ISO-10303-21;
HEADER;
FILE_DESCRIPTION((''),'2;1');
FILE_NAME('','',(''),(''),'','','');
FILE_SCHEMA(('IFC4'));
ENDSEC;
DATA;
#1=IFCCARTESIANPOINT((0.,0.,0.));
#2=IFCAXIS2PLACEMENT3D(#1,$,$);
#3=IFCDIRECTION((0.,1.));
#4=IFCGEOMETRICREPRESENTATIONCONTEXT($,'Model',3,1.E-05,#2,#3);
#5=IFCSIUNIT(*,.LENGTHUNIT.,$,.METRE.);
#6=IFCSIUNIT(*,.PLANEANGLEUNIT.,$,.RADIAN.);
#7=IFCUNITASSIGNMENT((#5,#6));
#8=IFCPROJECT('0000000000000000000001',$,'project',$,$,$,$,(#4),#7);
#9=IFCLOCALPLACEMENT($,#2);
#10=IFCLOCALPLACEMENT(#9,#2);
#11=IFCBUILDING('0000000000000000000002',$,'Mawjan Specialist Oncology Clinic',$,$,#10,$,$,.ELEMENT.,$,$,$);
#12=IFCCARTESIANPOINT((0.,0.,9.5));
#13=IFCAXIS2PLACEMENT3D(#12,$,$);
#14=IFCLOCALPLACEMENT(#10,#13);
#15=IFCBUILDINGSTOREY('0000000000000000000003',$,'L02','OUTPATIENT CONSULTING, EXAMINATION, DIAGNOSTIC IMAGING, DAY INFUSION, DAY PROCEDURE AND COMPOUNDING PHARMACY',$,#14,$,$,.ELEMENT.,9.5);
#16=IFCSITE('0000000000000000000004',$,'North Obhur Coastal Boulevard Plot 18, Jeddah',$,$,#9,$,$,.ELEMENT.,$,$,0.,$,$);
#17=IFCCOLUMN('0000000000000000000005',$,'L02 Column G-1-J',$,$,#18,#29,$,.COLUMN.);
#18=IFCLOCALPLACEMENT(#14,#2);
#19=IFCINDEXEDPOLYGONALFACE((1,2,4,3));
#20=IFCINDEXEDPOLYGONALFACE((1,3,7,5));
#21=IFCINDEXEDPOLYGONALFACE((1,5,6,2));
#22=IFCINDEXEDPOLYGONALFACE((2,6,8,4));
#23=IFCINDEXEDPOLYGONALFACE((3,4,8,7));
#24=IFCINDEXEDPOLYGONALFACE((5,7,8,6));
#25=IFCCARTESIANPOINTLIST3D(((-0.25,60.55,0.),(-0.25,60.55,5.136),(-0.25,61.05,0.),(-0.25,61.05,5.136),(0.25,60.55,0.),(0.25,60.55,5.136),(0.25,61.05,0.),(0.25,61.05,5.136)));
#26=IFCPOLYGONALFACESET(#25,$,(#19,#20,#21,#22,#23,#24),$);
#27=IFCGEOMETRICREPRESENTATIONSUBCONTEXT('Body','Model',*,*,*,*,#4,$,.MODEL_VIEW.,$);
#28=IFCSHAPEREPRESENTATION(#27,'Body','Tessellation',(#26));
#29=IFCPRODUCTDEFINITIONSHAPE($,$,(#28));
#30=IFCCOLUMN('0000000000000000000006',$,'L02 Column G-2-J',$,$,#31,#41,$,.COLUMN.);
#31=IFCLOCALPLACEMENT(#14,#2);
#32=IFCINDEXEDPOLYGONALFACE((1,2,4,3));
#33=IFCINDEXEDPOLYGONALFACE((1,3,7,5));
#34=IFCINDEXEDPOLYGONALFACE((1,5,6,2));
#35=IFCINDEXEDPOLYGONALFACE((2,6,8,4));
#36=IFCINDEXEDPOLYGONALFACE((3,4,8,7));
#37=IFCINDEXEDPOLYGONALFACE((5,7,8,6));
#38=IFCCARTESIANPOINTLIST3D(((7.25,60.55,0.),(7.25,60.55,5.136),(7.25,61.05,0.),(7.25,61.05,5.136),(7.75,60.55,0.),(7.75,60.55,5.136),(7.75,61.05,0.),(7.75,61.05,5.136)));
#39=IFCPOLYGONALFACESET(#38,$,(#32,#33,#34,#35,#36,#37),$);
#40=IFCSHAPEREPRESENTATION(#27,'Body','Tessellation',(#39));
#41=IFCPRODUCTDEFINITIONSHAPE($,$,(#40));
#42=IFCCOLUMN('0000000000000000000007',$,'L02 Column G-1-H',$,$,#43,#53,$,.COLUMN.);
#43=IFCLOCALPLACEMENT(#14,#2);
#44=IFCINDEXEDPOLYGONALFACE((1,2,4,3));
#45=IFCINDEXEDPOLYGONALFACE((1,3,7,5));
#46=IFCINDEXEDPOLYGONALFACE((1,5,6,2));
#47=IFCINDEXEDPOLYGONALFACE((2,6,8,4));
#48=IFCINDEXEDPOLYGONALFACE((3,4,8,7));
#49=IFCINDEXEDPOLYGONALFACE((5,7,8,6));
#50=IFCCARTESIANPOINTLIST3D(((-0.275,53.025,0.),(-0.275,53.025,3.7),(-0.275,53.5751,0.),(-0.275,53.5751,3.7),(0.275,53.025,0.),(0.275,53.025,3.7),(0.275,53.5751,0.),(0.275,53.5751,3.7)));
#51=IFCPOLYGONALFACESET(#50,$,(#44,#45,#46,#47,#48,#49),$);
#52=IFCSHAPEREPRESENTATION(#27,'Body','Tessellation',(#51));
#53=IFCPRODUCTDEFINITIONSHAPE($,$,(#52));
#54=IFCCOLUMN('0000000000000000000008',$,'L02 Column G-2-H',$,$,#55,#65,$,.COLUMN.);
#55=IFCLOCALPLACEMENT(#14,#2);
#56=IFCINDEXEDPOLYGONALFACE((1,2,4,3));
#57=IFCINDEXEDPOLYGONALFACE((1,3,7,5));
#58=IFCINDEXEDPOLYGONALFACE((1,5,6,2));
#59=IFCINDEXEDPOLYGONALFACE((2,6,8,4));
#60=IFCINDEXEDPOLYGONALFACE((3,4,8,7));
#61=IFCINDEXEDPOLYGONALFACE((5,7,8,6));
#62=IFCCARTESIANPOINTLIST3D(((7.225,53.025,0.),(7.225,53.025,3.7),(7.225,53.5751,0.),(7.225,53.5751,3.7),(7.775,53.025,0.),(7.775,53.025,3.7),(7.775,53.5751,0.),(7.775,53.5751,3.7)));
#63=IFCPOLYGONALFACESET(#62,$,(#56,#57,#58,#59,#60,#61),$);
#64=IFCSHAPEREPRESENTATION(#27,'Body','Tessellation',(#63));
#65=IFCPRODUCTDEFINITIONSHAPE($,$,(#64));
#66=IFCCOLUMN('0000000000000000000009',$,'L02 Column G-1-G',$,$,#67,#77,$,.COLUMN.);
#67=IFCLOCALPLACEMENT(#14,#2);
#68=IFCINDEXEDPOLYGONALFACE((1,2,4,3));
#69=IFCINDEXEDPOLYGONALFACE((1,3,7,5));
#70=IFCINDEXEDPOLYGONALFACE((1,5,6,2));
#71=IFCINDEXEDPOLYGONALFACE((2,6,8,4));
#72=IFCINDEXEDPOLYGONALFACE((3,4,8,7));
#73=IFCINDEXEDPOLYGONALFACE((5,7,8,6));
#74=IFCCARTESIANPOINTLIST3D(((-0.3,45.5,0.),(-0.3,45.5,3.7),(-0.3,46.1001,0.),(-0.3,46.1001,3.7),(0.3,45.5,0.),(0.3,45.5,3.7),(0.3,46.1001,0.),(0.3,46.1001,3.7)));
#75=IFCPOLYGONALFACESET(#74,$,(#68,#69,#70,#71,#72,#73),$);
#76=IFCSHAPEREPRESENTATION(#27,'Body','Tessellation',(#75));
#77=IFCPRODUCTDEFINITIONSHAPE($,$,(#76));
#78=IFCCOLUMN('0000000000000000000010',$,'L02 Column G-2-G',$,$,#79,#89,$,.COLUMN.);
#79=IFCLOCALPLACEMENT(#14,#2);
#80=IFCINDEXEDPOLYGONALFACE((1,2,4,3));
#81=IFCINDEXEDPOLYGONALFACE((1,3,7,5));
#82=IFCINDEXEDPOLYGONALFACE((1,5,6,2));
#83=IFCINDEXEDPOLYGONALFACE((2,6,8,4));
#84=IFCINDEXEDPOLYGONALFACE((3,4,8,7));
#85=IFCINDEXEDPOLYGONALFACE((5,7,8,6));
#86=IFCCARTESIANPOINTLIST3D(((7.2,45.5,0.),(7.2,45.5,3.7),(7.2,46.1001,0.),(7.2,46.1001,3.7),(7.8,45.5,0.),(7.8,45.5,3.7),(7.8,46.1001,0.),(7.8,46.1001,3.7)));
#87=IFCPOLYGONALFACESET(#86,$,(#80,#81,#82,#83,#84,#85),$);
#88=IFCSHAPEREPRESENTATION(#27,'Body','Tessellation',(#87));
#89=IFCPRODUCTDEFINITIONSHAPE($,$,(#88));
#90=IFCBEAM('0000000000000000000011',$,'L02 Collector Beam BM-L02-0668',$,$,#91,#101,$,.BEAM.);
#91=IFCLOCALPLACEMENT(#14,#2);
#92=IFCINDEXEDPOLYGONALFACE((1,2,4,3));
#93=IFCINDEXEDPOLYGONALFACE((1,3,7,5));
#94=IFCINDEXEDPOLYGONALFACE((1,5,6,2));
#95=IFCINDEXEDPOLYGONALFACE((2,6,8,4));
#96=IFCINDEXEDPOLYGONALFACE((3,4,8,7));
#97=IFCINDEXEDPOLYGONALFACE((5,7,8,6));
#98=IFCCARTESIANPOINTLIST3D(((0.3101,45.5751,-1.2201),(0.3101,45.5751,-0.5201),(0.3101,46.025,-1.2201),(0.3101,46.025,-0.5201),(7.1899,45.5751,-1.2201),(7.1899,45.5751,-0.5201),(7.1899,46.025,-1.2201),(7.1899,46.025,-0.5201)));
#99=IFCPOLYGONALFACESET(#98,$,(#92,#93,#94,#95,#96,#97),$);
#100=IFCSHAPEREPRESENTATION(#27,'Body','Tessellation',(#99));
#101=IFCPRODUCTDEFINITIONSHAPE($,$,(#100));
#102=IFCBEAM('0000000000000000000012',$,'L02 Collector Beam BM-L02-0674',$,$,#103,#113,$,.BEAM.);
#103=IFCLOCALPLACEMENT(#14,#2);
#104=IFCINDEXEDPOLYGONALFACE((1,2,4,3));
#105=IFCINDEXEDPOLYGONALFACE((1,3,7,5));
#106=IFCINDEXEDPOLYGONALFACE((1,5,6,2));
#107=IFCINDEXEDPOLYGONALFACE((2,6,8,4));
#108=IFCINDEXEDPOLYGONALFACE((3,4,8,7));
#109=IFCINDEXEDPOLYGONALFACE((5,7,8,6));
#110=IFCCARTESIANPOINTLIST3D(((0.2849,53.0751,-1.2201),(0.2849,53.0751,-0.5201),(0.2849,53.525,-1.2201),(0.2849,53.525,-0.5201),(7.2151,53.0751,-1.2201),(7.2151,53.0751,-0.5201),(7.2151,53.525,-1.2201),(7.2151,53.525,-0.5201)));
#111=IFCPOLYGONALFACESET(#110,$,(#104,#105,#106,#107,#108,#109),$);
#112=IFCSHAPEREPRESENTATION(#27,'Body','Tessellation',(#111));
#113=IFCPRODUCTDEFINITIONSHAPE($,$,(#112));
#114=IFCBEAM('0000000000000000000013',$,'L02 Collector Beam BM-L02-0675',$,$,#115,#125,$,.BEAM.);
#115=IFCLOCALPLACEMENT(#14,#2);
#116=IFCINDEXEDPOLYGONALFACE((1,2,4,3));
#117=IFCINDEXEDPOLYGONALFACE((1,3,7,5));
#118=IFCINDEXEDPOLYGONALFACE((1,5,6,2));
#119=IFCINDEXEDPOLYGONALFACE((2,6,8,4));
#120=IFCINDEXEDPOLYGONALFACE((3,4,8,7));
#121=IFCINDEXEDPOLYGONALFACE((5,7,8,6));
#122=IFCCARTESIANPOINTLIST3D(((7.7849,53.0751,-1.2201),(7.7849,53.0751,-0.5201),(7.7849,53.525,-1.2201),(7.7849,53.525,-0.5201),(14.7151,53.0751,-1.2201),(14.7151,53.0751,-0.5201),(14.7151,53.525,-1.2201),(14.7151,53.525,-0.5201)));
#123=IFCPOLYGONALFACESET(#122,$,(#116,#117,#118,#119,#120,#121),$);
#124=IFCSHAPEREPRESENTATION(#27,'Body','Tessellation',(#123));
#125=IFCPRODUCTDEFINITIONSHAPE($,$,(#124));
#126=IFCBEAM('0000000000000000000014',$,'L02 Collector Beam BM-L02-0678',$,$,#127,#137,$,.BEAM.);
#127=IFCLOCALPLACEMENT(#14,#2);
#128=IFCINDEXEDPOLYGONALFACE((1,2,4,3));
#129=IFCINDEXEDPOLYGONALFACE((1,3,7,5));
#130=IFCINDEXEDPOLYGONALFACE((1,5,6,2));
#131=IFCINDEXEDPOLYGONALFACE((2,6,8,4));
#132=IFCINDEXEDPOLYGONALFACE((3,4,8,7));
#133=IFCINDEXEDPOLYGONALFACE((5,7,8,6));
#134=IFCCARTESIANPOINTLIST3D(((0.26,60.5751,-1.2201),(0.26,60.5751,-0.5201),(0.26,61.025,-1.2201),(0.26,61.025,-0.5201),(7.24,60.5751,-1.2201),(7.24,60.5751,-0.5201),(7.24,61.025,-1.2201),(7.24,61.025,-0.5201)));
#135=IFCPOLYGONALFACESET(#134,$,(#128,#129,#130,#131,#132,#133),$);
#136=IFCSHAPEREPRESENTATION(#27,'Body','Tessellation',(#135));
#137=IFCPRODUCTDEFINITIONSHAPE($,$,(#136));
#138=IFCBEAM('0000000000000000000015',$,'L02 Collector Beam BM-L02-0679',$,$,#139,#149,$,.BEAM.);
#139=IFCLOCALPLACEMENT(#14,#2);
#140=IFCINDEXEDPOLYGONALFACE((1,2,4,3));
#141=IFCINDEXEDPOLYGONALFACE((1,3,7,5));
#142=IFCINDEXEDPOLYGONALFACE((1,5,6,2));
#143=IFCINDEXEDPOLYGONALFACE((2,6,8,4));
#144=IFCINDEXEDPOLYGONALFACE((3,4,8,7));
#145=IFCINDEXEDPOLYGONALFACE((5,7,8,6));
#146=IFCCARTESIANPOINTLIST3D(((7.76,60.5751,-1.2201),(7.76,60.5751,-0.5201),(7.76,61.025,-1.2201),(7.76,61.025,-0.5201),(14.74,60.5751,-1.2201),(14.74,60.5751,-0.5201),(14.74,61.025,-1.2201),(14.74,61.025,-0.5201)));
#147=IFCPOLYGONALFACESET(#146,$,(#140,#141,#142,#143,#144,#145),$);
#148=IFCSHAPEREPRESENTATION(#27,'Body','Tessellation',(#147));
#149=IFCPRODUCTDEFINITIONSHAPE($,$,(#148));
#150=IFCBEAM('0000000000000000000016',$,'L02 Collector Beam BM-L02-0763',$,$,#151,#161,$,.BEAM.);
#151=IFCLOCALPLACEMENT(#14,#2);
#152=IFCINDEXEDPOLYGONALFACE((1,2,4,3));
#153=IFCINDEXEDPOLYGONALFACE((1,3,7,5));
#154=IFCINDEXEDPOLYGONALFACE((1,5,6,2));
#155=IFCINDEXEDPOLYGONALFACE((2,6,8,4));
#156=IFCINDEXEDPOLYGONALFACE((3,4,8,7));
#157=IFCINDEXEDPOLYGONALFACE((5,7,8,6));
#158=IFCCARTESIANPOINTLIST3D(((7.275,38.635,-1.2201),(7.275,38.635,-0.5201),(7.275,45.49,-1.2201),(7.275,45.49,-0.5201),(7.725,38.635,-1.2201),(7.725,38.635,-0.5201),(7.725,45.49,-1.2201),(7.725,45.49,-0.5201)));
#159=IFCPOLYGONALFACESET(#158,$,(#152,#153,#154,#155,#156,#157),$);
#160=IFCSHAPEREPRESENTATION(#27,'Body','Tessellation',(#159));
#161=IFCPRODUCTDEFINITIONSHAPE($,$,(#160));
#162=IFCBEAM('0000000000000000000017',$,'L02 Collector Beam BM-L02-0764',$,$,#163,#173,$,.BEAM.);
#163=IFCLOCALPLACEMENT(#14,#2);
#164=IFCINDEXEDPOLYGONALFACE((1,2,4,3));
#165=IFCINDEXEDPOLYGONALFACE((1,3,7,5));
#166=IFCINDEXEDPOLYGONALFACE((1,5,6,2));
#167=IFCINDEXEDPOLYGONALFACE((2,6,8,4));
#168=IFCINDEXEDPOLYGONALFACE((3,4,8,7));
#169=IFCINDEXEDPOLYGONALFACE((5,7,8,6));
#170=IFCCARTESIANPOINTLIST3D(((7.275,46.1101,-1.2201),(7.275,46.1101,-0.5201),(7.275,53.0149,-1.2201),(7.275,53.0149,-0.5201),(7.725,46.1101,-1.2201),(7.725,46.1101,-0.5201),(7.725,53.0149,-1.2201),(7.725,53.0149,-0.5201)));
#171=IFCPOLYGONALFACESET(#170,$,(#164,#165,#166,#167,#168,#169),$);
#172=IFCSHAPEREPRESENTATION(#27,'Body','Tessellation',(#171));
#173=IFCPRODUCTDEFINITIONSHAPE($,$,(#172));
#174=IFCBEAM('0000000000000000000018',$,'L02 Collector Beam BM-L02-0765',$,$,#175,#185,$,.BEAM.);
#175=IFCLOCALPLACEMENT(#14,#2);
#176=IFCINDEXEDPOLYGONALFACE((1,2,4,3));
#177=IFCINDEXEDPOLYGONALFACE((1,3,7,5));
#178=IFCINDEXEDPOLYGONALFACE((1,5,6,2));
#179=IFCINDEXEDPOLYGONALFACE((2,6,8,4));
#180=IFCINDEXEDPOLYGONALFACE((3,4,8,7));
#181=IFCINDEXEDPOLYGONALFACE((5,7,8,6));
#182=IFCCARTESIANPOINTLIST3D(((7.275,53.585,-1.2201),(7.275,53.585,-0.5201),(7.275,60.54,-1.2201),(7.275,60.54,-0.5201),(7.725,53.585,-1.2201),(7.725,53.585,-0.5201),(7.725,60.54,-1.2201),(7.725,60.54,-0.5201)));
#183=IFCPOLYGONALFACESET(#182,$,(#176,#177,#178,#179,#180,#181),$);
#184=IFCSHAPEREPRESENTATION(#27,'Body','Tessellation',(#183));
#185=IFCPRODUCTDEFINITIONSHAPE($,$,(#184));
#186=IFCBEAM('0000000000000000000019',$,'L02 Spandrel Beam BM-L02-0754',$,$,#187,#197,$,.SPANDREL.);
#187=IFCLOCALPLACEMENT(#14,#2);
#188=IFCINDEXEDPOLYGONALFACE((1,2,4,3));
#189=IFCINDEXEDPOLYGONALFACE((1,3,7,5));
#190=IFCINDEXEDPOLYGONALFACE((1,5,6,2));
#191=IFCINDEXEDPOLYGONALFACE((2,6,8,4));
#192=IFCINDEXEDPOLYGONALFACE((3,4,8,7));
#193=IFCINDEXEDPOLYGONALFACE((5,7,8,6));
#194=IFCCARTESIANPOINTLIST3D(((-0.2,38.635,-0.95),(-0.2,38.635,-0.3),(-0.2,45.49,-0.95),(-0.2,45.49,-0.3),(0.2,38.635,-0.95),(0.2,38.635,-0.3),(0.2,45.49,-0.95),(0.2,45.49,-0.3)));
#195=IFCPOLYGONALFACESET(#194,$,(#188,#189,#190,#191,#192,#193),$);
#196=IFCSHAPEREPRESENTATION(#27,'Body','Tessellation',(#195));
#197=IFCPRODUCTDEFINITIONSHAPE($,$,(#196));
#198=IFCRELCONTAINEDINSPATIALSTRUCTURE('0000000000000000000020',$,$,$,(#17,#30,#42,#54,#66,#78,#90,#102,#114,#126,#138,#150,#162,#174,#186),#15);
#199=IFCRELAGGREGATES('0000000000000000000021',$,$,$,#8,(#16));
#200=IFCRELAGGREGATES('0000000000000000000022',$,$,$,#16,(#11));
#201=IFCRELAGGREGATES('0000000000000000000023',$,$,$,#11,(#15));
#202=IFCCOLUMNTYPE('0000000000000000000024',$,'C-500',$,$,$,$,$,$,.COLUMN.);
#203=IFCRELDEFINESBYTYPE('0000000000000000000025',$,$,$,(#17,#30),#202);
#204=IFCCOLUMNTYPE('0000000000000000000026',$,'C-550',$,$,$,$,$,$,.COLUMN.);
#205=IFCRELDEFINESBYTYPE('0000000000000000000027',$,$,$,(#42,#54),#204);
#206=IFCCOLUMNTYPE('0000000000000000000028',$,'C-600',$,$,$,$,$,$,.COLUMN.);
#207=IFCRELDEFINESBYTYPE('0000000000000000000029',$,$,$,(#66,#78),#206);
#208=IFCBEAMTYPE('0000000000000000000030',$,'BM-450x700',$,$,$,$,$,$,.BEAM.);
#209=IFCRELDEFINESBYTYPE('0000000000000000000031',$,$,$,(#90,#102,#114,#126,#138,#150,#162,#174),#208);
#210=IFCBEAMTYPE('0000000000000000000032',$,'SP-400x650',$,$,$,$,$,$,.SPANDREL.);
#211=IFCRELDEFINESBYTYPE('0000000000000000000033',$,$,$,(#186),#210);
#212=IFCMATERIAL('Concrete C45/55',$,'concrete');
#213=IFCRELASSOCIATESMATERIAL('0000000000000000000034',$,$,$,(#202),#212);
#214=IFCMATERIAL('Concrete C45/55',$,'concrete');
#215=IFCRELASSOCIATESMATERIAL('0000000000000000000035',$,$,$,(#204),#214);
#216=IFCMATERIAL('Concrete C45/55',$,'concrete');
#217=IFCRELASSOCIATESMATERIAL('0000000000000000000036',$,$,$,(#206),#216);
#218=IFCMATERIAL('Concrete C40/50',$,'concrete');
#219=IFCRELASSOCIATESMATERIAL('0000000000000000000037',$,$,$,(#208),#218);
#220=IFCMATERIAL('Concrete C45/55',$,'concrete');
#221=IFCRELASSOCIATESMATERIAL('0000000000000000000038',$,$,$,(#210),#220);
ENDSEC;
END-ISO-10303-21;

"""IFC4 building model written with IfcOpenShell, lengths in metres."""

from ifc_helpers import new_model, si_unit, direction, frame, origin, origin_2d, place, context, subcontext, project, spatial, rectangle, extrude, material, material_profile, profile_set, type_object, element, save


model = new_model("IFC4")

# Units and contexts
model_context = context("Model", 3, precision=1e-05, world=origin(), true_north=direction((0.0, 1.0)))
body_context = subcontext(model_context, "Body", "Model", "MODEL_VIEW")
ifc_project = project(units=[si_unit("LENGTHUNIT", "METRE"), si_unit("PLANEANGLEUNIT", "RADIAN")], contexts=[model_context])

# Site, building, storey
site_placement = place(None, origin())
site = spatial("IfcSite", under=ifc_project, at=site_placement, Name="North Obhur Coastal Boulevard Plot 18, Jeddah", CompositionType="ELEMENT", RefElevation=0.0)
building_placement = place(site_placement, origin())
building = spatial("IfcBuilding", under=site, at=building_placement, Name="Mawjan Specialist Oncology Clinic", CompositionType="ELEMENT")
storey_placement = place(building_placement, frame((0.0, 0.0, 9.5)))
storey = spatial("IfcBuildingStorey", under=building, at=storey_placement, Name="L02", Description="OUTPATIENT CONSULTING, EXAMINATION, DIAGNOSTIC IMAGING, DAY INFUSION, DAY PROCEDURE AND COMPOUNDING PHARMACY", CompositionType="ELEMENT", Elevation=9.5)

# Columns
ifc_material_1 = material(Name="Concrete C45/55", Category="concrete")
ifc_material_profile_1 = material_profile(ifc_material_1, rectangle(XDim=0.5, YDim=0.5, at=origin_2d()), Name="RC COL 500x500", Category="concrete")
ifc_profile_set_1 = profile_set([ifc_material_profile_1], Name="Concrete C45/55")
column_type_1 = type_object("IfcColumnType", Name="C-500", PredefinedType="COLUMN", material=ifc_profile_set_1)
for number, where, z_axis, x_axis, name in (
    (1, (0.0, 60.8, 0.0), (0.0, 0.0, 1.0), (1.0, 0.0, 0.0), "L02 Column G-1-J"),
    (2, (7.5, 60.8, 0.0), (0.0, 0.0, 1.0), (1.0, 0.0, 0.0), "L02 Column G-2-J"),
):
    element("IfcColumn", number, at=place(storey_placement, frame(where, z_axis=z_axis, x_axis=x_axis)), inside=storey, type_object=column_type_1, Name=name, PredefinedType="COLUMN", context=body_context, shape_type="SweptSolid", body=[
        extrude(rectangle(XDim=0.5, YDim=0.5, at=origin_2d()), origin(), (0.0, 0.0, 1.0), 5.136),
    ])
ifc_material_2 = material(Name="Concrete C45/55", Category="concrete")
ifc_material_profile_2 = material_profile(ifc_material_2, rectangle(XDim=0.55, YDim=0.55, at=origin_2d()), Name="RC COL 550x550", Category="concrete")
ifc_profile_set_2 = profile_set([ifc_material_profile_2], Name="Concrete C45/55")
column_type_2 = type_object("IfcColumnType", Name="C-550", PredefinedType="COLUMN", material=ifc_profile_set_2)
for number, where, z_axis, x_axis, name in (
    (3, (0.0, 53.3, 0.0), (0.0, 0.0, 1.0), (1.0, 0.0, 0.0), "L02 Column G-1-H"),
    (4, (7.5, 53.3, 0.0), (0.0, 0.0, 1.0), (1.0, 0.0, 0.0), "L02 Column G-2-H"),
):
    element("IfcColumn", number, at=place(storey_placement, frame(where, z_axis=z_axis, x_axis=x_axis)), inside=storey, type_object=column_type_2, Name=name, PredefinedType="COLUMN", context=body_context, shape_type="SweptSolid", body=[
        extrude(rectangle(XDim=0.55, YDim=0.55, at=origin_2d()), origin(), (0.0, 0.0, 1.0), 3.7),
    ])
ifc_material_3 = material(Name="Concrete C45/55", Category="concrete")
ifc_material_profile_3 = material_profile(ifc_material_3, rectangle(XDim=0.6001, YDim=0.6001, at=origin_2d()), Name="RC COL 600x600", Category="concrete")
ifc_profile_set_3 = profile_set([ifc_material_profile_3], Name="Concrete C45/55")
column_type_3 = type_object("IfcColumnType", Name="C-600", PredefinedType="COLUMN", material=ifc_profile_set_3)
for number, where, z_axis, x_axis, name in (
    (5, (0.0, 45.8, 0.0), (0.0, 0.0, 1.0), (1.0, 0.0, 0.0), "L02 Column G-1-G"),
    (6, (7.5, 45.8, 0.0), (0.0, 0.0, 1.0), (1.0, 0.0, 0.0), "L02 Column G-2-G"),
):
    element("IfcColumn", number, at=place(storey_placement, frame(where, z_axis=z_axis, x_axis=x_axis)), inside=storey, type_object=column_type_3, Name=name, PredefinedType="COLUMN", context=body_context, shape_type="SweptSolid", body=[
        extrude(rectangle(XDim=0.6001, YDim=0.6001, at=origin_2d()), origin(), (0.0, 0.0, 1.0), 3.7),
    ])

# Beams
ifc_material_4 = material(Name="Concrete C40/50", Category="concrete")
ifc_material_profile_4 = material_profile(ifc_material_4, rectangle(XDim=0.45, YDim=0.7, at=origin_2d()), Name="RC BM 450x700", Category="concrete")
ifc_profile_set_4 = profile_set([ifc_material_profile_4], Name="Concrete C40/50")
beam_type_1 = type_object("IfcBeamType", Name="BM-450x700", PredefinedType="BEAM", material=ifc_profile_set_4)
beam_1_placement = place(storey_placement, frame((0.3101, 45.8, -0.8701), z_axis=(1.0, 0.0, 0.0), x_axis=(0.0, 1.0, 0.0)))
element("IfcBeam", 7, at=beam_1_placement, inside=storey, type_object=beam_type_1, Name="L02 Collector Beam BM-L02-0668", PredefinedType="BEAM", context=body_context, shape_type="SweptSolid", body=[
    extrude(rectangle(XDim=0.45, YDim=0.7, at=origin_2d()), origin(), (0.0, 0.0, 1.0), 6.8799),
])
for number, where, z_axis, x_axis, name in (
    (8, (0.2849, 53.3, -0.8701), (1.0, 0.0, 0.0), (0.0, 1.0, 0.0), "L02 Collector Beam BM-L02-0674"),
    (9, (7.7849, 53.3, -0.8701), (1.0, 0.0, 0.0), (0.0, 1.0, 0.0), "L02 Collector Beam BM-L02-0675"),
):
    element("IfcBeam", number, at=place(storey_placement, frame(where, z_axis=z_axis, x_axis=x_axis)), inside=storey, type_object=beam_type_1, Name=name, PredefinedType="BEAM", context=body_context, shape_type="SweptSolid", body=[
        extrude(rectangle(XDim=0.45, YDim=0.7, at=origin_2d()), origin(), (0.0, 0.0, 1.0), 6.9302),
    ])
for number, where, z_axis, x_axis, name in (
    (10, (0.26, 60.8, -0.8701), (1.0, 0.0, 0.0), (0.0, 1.0, 0.0), "L02 Collector Beam BM-L02-0678"),
    (11, (7.76, 60.8, -0.8701), (1.0, 0.0, 0.0), (0.0, 1.0, 0.0), "L02 Collector Beam BM-L02-0679"),
):
    element("IfcBeam", number, at=place(storey_placement, frame(where, z_axis=z_axis, x_axis=x_axis)), inside=storey, type_object=beam_type_1, Name=name, PredefinedType="BEAM", context=body_context, shape_type="SweptSolid", body=[
        extrude(rectangle(XDim=0.45, YDim=0.7, at=origin_2d()), origin(), (0.0, 0.0, 1.0), 6.98),
    ])
beam_2_placement = place(storey_placement, frame((7.5, 38.635, -0.8701), z_axis=(0.0, 1.0, 0.0), x_axis=(-1.0, 0.0, 0.0)))
element("IfcBeam", 12, at=beam_2_placement, inside=storey, type_object=beam_type_1, Name="L02 Collector Beam BM-L02-0763", PredefinedType="BEAM", context=body_context, shape_type="SweptSolid", body=[
    extrude(rectangle(XDim=0.45, YDim=0.7, at=origin_2d()), origin(), (0.0, 0.0, 1.0), 6.855),
])
beam_3_placement = place(storey_placement, frame((7.5, 46.1101, -0.8701), z_axis=(0.0, 1.0, 0.0), x_axis=(-1.0, 0.0, 0.0)))
element("IfcBeam", 13, at=beam_3_placement, inside=storey, type_object=beam_type_1, Name="L02 Collector Beam BM-L02-0764", PredefinedType="BEAM", context=body_context, shape_type="SweptSolid", body=[
    extrude(rectangle(XDim=0.45, YDim=0.7, at=origin_2d()), origin(), (0.0, 0.0, 1.0), 6.9048),
])
beam_4_placement = place(storey_placement, frame((7.5, 53.585, -0.8701), z_axis=(0.0, 1.0, 0.0), x_axis=(-1.0, 0.0, 0.0)))
element("IfcBeam", 14, at=beam_4_placement, inside=storey, type_object=beam_type_1, Name="L02 Collector Beam BM-L02-0765", PredefinedType="BEAM", context=body_context, shape_type="SweptSolid", body=[
    extrude(rectangle(XDim=0.45, YDim=0.7, at=origin_2d()), origin(), (0.0, 0.0, 1.0), 6.9551),
])
ifc_material_5 = material(Name="Concrete C45/55", Category="concrete")
ifc_material_profile_5 = material_profile(ifc_material_5, rectangle(XDim=0.3999, YDim=0.6499, at=origin_2d()), Name="RC BM 400x650", Category="concrete")
ifc_profile_set_5 = profile_set([ifc_material_profile_5], Name="Concrete C45/55")
beam_type_2 = type_object("IfcBeamType", Name="SP-400x650", PredefinedType="SPANDREL", material=ifc_profile_set_5)
beam_5_placement = place(storey_placement, frame((0.0, 38.635, -0.625), z_axis=(0.0, 1.0, 0.0), x_axis=(-1.0, 0.0, 0.0)))
element("IfcBeam", 15, at=beam_5_placement, inside=storey, type_object=beam_type_2, Name="L02 Spandrel Beam BM-L02-0754", PredefinedType="SPANDREL", context=body_context, shape_type="SweptSolid", body=[
    extrude(rectangle(XDim=0.3999, YDim=0.6499, at=origin_2d()), origin(), (0.0, 0.0, 1.0), 6.855),
])

save(model, "model.ifc")
